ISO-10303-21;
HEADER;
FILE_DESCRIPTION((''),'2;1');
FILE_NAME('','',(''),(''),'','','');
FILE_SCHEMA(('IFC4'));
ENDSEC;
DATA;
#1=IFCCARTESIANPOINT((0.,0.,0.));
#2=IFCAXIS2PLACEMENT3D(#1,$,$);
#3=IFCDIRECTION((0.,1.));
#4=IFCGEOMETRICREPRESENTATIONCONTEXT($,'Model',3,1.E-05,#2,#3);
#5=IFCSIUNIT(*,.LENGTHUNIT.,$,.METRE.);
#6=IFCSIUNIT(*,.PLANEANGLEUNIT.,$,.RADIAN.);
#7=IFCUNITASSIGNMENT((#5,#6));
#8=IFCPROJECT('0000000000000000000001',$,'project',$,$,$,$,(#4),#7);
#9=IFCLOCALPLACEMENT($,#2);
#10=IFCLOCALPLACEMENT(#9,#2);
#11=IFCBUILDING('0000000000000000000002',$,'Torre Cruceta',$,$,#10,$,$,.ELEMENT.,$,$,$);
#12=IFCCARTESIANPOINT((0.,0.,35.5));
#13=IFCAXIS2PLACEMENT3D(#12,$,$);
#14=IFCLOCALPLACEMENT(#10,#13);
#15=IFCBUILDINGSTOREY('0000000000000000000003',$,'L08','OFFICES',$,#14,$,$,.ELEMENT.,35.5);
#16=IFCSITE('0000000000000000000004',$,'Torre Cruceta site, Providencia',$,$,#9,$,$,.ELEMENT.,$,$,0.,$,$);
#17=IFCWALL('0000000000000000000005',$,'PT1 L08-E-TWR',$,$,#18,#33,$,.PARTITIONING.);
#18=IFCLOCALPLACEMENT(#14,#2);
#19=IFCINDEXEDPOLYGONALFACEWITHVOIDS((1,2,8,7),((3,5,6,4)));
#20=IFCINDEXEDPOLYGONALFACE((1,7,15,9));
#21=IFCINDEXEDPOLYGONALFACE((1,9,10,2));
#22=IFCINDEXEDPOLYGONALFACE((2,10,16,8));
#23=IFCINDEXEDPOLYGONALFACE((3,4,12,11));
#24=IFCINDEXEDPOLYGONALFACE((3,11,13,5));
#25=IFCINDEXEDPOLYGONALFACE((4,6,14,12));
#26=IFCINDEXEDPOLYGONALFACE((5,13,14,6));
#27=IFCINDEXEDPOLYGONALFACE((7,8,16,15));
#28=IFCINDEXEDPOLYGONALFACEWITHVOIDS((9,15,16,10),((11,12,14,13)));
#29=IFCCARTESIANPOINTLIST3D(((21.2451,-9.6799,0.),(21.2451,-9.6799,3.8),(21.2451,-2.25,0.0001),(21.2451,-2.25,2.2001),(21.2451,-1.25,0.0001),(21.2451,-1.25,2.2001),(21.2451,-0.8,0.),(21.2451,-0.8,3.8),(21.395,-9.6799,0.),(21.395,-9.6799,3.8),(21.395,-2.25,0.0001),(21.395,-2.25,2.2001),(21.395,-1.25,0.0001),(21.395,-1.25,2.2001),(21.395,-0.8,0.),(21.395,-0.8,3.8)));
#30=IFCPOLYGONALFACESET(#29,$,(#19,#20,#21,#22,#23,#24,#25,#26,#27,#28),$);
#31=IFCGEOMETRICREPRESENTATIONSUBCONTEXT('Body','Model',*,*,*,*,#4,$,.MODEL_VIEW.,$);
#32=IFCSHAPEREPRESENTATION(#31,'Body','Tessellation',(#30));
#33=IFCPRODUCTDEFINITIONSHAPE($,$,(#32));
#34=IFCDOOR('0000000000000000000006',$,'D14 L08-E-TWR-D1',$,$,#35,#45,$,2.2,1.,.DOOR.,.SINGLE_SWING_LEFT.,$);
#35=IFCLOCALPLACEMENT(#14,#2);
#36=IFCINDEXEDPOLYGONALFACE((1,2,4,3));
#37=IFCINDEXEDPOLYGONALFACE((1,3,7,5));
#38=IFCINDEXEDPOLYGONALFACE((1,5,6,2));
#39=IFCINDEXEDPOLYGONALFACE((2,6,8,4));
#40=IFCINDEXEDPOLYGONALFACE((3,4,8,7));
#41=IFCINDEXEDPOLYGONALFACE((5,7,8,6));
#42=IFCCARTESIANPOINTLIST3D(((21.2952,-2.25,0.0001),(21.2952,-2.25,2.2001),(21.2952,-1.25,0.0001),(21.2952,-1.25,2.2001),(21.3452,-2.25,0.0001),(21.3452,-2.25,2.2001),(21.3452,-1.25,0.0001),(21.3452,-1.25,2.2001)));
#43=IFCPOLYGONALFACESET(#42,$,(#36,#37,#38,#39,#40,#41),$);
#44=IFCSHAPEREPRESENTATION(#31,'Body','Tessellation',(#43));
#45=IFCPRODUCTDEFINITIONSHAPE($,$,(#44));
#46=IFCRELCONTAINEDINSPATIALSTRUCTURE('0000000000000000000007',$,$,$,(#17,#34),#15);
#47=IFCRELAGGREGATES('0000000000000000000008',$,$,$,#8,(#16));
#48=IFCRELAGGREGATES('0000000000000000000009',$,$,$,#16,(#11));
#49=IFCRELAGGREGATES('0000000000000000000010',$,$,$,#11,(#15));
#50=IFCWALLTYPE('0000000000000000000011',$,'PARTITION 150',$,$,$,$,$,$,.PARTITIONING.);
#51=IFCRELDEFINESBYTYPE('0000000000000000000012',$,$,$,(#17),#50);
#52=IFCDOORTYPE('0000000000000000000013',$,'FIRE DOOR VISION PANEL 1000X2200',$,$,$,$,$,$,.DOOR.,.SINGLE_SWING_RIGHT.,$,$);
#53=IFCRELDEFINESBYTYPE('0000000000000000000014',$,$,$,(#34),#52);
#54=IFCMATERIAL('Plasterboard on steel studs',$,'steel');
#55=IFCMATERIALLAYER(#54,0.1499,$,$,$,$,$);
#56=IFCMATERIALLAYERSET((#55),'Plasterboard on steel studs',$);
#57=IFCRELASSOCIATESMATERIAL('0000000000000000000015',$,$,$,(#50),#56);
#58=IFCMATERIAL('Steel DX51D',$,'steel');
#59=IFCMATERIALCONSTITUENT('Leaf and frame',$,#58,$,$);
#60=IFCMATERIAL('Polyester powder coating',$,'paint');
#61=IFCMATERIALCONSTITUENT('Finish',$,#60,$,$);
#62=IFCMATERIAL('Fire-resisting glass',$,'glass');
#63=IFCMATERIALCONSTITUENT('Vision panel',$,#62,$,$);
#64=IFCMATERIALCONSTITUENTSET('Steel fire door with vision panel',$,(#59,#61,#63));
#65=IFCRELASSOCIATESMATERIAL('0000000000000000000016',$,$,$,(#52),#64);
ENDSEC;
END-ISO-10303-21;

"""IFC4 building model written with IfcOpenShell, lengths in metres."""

from ifc_helpers import new_model, si_unit, direction, frame, frame_2d, origin, place, context, subcontext, project, spatial, rectangle, extrude, material, layer, layer_set, constituent, constituent_set, type_object, element, fill, save


model = new_model("IFC4")

# Units and contexts
model_context = context("Model", 3, precision=1e-05, world=origin(), true_north=direction((0.0, 1.0)))
body_context = subcontext(model_context, "Body", "Model", "MODEL_VIEW")
ifc_project = project(units=[si_unit("LENGTHUNIT", "METRE"), si_unit("PLANEANGLEUNIT", "RADIAN")], contexts=[model_context])

# Site, building, storey
site_placement = place(None, origin())
site = spatial("IfcSite", under=ifc_project, at=site_placement, Name="Torre Cruceta site, Providencia", CompositionType="ELEMENT", RefElevation=0.0)
building_placement = place(site_placement, origin())
building = spatial("IfcBuilding", under=site, at=building_placement, Name="Torre Cruceta", CompositionType="ELEMENT")
storey_placement = place(building_placement, frame((0.0, 0.0, 35.5)))
storey = spatial("IfcBuildingStorey", under=building, at=storey_placement, Name="L08", Description="OFFICES", CompositionType="ELEMENT", Elevation=35.5)

# Wall, opening, door
ifc_material_1 = material(Name="Plasterboard on steel studs", Category="steel")
ifc_layer_1 = layer(ifc_material_1, 0.1499)
ifc_layer_set_1 = layer_set([ifc_layer_1], Name="Plasterboard on steel studs")
wall_type_1 = type_object("IfcWallType", Name="PARTITION 150", PredefinedType="PARTITIONING", material=ifc_layer_set_1)
wall_1_placement = place(storey_placement, frame((21.3201, -9.6799, 0.0), z_axis=(0.0, 0.0, 1.0), x_axis=(0.0, 1.0, 0.0)))
wall_1 = element("IfcWall", 1, at=wall_1_placement, inside=storey, type_object=wall_type_1, Name="PT1 L08-E-TWR", PredefinedType="PARTITIONING", context=body_context, shape_type="SweptSolid", body=[
    extrude(rectangle(XDim=8.8799, YDim=0.1499, at=frame_2d((4.4399, 0.0))), origin(), (0.0, 0.0, 1.0), 3.8),
])
opening_1_placement = place(wall_1_placement, frame((7.4299, 0.0, 0.0)))
opening_1 = element("IfcOpeningElement", 2, at=opening_1_placement, cuts=wall_1, PredefinedType="OPENING", context=body_context, shape_type="SweptSolid", body=[
    extrude(rectangle(XDim=1.0, YDim=2.2, at=frame_2d((0.5, 1.1001))), frame((0.0, 0.085, 0.0), z_axis=(0.0, -1.0, 0.0), x_axis=(1.0, 0.0, 0.0)), (0.0, 0.0, 1.0), 0.1699),
])
ifc_material_2 = material(Name="Steel DX51D", Category="steel")
ifc_constituent_1 = constituent(ifc_material_2, Name="Leaf and frame")
ifc_material_3 = material(Name="Polyester powder coating", Category="paint")
ifc_constituent_2 = constituent(ifc_material_3, Name="Finish")
ifc_material_4 = material(Name="Fire-resisting glass", Category="glass")
ifc_constituent_3 = constituent(ifc_material_4, Name="Vision panel")
ifc_constituent_set_1 = constituent_set(constituents=[ifc_constituent_1, ifc_constituent_2, ifc_constituent_3], Name="Steel fire door with vision panel")
door_type = type_object("IfcDoorType", Name="FIRE DOOR VISION PANEL 1000X2200", OperationType="SINGLE_SWING_RIGHT", PredefinedType="DOOR", material=ifc_constituent_set_1)
door_placement = place(opening_1_placement, frame((1.0, 0.0, 0.0), z_axis=(0.0, 0.0, 1.0), x_axis=(-1.0, 0.0, 0.0)))
door = element("IfcDoor", 3, at=door_placement, inside=storey, type_object=door_type, Name="D14 L08-E-TWR-D1", OperationType="SINGLE_SWING_LEFT", OverallHeight=2.2, OverallWidth=1.0, PredefinedType="DOOR", context=body_context, shape_type="SweptSolid", body=[
    extrude(rectangle(XDim=1.0, YDim=2.2, at=frame_2d((0.5, 1.1001))), frame((0.0, 0.0251, 0.0), z_axis=(0.0, -1.0, 0.0), x_axis=(1.0, 0.0, 0.0)), (0.0, 0.0, 1.0), 0.05),
])
fill(opening_1, door)

save(model, "model.ifc")
